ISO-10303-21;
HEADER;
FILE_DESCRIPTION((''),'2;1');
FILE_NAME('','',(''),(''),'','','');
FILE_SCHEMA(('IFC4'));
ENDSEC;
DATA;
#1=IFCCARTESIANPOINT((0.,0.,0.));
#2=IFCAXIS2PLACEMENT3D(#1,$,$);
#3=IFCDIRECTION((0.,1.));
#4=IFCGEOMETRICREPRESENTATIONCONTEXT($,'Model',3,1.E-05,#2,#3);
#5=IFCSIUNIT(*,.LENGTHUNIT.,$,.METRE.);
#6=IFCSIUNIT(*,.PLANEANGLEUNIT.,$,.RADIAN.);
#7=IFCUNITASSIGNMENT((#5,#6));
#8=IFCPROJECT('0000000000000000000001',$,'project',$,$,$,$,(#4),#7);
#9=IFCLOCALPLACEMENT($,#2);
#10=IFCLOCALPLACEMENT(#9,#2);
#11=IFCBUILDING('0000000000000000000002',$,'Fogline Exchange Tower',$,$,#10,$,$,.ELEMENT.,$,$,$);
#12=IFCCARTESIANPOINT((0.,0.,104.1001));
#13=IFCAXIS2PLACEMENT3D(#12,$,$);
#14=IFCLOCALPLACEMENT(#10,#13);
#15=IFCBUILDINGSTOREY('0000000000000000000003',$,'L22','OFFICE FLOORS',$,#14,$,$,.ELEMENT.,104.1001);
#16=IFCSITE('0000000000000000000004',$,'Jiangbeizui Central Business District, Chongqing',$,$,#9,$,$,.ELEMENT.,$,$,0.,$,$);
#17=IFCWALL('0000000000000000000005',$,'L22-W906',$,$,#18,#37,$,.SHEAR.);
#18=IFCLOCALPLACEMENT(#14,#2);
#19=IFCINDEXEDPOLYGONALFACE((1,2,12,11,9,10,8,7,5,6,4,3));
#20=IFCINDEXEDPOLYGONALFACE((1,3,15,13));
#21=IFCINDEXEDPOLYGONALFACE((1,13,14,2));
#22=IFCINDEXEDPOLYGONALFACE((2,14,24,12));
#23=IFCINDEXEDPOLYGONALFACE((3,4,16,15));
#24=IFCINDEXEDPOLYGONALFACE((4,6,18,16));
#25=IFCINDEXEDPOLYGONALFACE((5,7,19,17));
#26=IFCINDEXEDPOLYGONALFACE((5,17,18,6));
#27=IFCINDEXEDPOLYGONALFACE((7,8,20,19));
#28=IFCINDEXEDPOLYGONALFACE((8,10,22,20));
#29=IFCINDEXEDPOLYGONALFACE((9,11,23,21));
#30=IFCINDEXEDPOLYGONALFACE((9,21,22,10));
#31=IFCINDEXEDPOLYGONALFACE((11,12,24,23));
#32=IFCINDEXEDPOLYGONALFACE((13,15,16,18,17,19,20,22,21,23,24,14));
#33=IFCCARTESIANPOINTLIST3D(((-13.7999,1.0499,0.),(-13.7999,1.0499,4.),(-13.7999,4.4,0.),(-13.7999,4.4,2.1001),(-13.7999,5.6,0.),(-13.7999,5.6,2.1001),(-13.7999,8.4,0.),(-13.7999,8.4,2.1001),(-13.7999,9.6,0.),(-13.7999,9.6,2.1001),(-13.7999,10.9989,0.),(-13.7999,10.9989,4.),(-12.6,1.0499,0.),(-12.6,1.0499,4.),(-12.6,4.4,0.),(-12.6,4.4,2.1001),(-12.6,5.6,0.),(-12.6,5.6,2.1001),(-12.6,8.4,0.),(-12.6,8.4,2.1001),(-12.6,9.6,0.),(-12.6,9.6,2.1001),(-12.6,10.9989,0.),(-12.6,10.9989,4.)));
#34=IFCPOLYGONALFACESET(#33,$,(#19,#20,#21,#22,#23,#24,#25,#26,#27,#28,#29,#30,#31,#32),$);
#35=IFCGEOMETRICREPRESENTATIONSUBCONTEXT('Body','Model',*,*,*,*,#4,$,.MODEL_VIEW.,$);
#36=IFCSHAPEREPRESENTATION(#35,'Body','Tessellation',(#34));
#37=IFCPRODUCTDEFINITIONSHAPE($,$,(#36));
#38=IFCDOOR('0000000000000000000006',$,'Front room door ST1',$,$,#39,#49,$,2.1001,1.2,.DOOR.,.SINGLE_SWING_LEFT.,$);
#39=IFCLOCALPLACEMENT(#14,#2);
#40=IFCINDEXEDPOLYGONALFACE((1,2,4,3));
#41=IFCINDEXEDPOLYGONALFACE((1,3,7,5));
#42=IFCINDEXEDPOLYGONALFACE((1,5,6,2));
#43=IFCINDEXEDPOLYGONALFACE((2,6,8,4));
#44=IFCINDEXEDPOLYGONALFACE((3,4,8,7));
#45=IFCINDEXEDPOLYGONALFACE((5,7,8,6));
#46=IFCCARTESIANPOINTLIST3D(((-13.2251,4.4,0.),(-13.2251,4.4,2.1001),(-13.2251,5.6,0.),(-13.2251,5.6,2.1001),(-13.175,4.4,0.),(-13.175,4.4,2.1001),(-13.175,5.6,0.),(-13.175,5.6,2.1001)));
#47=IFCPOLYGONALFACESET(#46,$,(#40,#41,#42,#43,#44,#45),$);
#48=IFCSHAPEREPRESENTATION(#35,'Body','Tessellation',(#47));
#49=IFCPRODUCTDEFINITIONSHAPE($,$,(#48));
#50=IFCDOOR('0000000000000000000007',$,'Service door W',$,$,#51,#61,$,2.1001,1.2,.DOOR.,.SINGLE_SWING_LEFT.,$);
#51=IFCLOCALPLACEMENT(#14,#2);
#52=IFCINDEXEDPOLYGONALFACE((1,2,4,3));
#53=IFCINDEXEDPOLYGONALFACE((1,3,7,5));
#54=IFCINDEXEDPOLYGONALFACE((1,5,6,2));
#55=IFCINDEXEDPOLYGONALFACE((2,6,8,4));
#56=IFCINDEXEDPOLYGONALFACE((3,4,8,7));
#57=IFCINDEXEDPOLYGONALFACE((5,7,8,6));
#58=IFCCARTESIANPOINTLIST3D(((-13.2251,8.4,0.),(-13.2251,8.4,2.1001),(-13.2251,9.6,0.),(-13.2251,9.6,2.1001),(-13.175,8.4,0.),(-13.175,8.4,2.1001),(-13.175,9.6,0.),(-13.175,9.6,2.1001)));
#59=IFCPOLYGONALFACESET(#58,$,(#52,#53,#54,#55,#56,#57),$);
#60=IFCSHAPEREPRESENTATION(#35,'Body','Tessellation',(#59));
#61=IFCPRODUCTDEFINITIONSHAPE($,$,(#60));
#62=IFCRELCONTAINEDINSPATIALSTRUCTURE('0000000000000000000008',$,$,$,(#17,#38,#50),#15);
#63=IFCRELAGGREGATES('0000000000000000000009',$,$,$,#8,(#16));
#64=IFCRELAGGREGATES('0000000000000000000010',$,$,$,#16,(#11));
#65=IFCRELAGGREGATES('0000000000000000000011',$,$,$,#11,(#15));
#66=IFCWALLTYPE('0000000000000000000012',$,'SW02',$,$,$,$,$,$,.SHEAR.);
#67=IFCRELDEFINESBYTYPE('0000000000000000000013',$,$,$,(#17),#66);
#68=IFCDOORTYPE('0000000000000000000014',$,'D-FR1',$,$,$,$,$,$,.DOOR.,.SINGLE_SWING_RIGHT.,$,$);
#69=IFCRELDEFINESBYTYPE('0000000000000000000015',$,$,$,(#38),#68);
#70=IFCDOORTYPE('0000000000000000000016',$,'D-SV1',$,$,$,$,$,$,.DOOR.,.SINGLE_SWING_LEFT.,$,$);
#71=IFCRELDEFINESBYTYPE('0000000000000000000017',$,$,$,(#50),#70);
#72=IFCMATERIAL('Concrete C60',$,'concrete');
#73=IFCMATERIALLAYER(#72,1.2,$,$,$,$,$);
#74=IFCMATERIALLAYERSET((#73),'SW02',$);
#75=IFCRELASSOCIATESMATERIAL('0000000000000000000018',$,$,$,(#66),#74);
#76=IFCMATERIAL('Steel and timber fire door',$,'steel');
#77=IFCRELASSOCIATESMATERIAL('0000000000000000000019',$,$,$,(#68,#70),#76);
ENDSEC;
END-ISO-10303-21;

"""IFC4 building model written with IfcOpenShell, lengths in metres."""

from ifc_helpers import new_model, si_unit, direction, frame, frame_2d, origin, place, context, subcontext, project, spatial, rectangle, extrude, material, layer, layer_set, type_object, element, fill, save


model = new_model("IFC4")

# Units and contexts
model_context = context("Model", 3, precision=1e-05, world=origin(), true_north=direction((0.0, 1.0)))
body_context = subcontext(model_context, "Body", "Model", "MODEL_VIEW")
ifc_project = project(units=[si_unit("LENGTHUNIT", "METRE"), si_unit("PLANEANGLEUNIT", "RADIAN")], contexts=[model_context])

# Site, building, storey
site_placement = place(None, origin())
site = spatial("IfcSite", under=ifc_project, at=site_placement, Name="Jiangbeizui Central Business District, Chongqing", CompositionType="ELEMENT", RefElevation=0.0)
building_placement = place(site_placement, origin())
building = spatial("IfcBuilding", under=site, at=building_placement, Name="Fogline Exchange Tower", CompositionType="ELEMENT")
storey_placement = place(building_placement, frame((0.0, 0.0, 104.1001)))
storey = spatial("IfcBuildingStorey", under=building, at=storey_placement, Name="L22", Description="OFFICE FLOORS", CompositionType="ELEMENT", Elevation=104.1001)

# Shared definitions
ifc_material_1 = material(Name="Steel and timber fire door", Category="steel")

# Shared definitions
ifc_material_2 = material(Name="Concrete C60", Category="concrete")
ifc_layer_1 = layer(ifc_material_2, 1.2)
ifc_layer_set_1 = layer_set([ifc_layer_1], Name="SW02")
wall_type_1 = type_object("IfcWallType", Name="SW02", PredefinedType="SHEAR", material=ifc_layer_set_1)

# Wall, openings, doors
wall_1_placement = place(storey_placement, frame((-13.2, 10.999, 0.0), z_axis=(0.0, 0.0, 1.0), x_axis=(0.0, -1.0, 0.0)))
wall_1 = element("IfcWall", 1, at=wall_1_placement, inside=storey, type_object=wall_type_1, Name="L22-W906", PredefinedType="SHEAR", context=body_context, shape_type="SweptSolid", body=[
    extrude(rectangle(XDim=9.949, YDim=1.2, at=frame_2d((4.9746, 0.0))), origin(), (0.0, 0.0, 1.0), 4.0),
])
opening_1_placement = place(wall_1_placement, frame((5.3989, 0.0, 0.0)))
opening_1 = element("IfcOpeningElement", 2, at=opening_1_placement, cuts=wall_1, PredefinedType="OPENING", context=body_context, shape_type="SweptSolid", body=[
    extrude(rectangle(XDim=1.2, YDim=2.1001, at=frame_2d((0.6001, 1.05))), frame((0.0, 0.6099, 0.0), z_axis=(0.0, -1.0, 0.0), x_axis=(1.0, 0.0, 0.0)), (0.0, 0.0, 1.0), 1.22),
])
opening_2_placement = place(wall_1_placement, frame((1.3989, 0.0, 0.0)))
opening_2 = element("IfcOpeningElement", 3, at=opening_2_placement, cuts=wall_1, PredefinedType="OPENING", context=body_context, shape_type="SweptSolid", body=[
    extrude(rectangle(XDim=1.2, YDim=2.1001, at=frame_2d((0.6001, 1.05))), frame((0.0, 0.6099, 0.0), z_axis=(0.0, -1.0, 0.0), x_axis=(1.0, 0.0, 0.0)), (0.0, 0.0, 1.0), 1.22),
])
door_type_1 = type_object("IfcDoorType", Name="D-FR1", OperationType="SINGLE_SWING_RIGHT", PredefinedType="DOOR", material=ifc_material_1)
door_1_placement = place(opening_1_placement, origin())
door_1 = element("IfcDoor", 4, at=door_1_placement, inside=storey, type_object=door_type_1, Name="Front room door ST1", OperationType="SINGLE_SWING_LEFT", OverallHeight=2.1001, OverallWidth=1.2, PredefinedType="DOOR", context=body_context, shape_type="SweptSolid", body=[
    extrude(rectangle(XDim=1.2, YDim=2.1001, at=frame_2d((0.6001, 1.05))), frame((0.0, 0.0249, 0.0), z_axis=(0.0, -1.0, 0.0), x_axis=(1.0, 0.0, 0.0)), (0.0, 0.0, 1.0), 0.05),
])
fill(opening_1, door_1)
door_type_2 = type_object("IfcDoorType", Name="D-SV1", OperationType="SINGLE_SWING_LEFT", PredefinedType="DOOR", material=ifc_material_1)
door_2_placement = place(opening_2_placement, origin())
door_2 = element("IfcDoor", 5, at=door_2_placement, inside=storey, type_object=door_type_2, Name="Service door W", OperationType="SINGLE_SWING_LEFT", OverallHeight=2.1001, OverallWidth=1.2, PredefinedType="DOOR", context=body_context, shape_type="SweptSolid", body=[
    extrude(rectangle(XDim=1.2, YDim=2.1001, at=frame_2d((0.6001, 1.05))), frame((0.0, 0.0249, 0.0), z_axis=(0.0, -1.0, 0.0), x_axis=(1.0, 0.0, 0.0)), (0.0, 0.0, 1.0), 0.05),
])
fill(opening_2, door_2)

save(model, "model.ifc")
